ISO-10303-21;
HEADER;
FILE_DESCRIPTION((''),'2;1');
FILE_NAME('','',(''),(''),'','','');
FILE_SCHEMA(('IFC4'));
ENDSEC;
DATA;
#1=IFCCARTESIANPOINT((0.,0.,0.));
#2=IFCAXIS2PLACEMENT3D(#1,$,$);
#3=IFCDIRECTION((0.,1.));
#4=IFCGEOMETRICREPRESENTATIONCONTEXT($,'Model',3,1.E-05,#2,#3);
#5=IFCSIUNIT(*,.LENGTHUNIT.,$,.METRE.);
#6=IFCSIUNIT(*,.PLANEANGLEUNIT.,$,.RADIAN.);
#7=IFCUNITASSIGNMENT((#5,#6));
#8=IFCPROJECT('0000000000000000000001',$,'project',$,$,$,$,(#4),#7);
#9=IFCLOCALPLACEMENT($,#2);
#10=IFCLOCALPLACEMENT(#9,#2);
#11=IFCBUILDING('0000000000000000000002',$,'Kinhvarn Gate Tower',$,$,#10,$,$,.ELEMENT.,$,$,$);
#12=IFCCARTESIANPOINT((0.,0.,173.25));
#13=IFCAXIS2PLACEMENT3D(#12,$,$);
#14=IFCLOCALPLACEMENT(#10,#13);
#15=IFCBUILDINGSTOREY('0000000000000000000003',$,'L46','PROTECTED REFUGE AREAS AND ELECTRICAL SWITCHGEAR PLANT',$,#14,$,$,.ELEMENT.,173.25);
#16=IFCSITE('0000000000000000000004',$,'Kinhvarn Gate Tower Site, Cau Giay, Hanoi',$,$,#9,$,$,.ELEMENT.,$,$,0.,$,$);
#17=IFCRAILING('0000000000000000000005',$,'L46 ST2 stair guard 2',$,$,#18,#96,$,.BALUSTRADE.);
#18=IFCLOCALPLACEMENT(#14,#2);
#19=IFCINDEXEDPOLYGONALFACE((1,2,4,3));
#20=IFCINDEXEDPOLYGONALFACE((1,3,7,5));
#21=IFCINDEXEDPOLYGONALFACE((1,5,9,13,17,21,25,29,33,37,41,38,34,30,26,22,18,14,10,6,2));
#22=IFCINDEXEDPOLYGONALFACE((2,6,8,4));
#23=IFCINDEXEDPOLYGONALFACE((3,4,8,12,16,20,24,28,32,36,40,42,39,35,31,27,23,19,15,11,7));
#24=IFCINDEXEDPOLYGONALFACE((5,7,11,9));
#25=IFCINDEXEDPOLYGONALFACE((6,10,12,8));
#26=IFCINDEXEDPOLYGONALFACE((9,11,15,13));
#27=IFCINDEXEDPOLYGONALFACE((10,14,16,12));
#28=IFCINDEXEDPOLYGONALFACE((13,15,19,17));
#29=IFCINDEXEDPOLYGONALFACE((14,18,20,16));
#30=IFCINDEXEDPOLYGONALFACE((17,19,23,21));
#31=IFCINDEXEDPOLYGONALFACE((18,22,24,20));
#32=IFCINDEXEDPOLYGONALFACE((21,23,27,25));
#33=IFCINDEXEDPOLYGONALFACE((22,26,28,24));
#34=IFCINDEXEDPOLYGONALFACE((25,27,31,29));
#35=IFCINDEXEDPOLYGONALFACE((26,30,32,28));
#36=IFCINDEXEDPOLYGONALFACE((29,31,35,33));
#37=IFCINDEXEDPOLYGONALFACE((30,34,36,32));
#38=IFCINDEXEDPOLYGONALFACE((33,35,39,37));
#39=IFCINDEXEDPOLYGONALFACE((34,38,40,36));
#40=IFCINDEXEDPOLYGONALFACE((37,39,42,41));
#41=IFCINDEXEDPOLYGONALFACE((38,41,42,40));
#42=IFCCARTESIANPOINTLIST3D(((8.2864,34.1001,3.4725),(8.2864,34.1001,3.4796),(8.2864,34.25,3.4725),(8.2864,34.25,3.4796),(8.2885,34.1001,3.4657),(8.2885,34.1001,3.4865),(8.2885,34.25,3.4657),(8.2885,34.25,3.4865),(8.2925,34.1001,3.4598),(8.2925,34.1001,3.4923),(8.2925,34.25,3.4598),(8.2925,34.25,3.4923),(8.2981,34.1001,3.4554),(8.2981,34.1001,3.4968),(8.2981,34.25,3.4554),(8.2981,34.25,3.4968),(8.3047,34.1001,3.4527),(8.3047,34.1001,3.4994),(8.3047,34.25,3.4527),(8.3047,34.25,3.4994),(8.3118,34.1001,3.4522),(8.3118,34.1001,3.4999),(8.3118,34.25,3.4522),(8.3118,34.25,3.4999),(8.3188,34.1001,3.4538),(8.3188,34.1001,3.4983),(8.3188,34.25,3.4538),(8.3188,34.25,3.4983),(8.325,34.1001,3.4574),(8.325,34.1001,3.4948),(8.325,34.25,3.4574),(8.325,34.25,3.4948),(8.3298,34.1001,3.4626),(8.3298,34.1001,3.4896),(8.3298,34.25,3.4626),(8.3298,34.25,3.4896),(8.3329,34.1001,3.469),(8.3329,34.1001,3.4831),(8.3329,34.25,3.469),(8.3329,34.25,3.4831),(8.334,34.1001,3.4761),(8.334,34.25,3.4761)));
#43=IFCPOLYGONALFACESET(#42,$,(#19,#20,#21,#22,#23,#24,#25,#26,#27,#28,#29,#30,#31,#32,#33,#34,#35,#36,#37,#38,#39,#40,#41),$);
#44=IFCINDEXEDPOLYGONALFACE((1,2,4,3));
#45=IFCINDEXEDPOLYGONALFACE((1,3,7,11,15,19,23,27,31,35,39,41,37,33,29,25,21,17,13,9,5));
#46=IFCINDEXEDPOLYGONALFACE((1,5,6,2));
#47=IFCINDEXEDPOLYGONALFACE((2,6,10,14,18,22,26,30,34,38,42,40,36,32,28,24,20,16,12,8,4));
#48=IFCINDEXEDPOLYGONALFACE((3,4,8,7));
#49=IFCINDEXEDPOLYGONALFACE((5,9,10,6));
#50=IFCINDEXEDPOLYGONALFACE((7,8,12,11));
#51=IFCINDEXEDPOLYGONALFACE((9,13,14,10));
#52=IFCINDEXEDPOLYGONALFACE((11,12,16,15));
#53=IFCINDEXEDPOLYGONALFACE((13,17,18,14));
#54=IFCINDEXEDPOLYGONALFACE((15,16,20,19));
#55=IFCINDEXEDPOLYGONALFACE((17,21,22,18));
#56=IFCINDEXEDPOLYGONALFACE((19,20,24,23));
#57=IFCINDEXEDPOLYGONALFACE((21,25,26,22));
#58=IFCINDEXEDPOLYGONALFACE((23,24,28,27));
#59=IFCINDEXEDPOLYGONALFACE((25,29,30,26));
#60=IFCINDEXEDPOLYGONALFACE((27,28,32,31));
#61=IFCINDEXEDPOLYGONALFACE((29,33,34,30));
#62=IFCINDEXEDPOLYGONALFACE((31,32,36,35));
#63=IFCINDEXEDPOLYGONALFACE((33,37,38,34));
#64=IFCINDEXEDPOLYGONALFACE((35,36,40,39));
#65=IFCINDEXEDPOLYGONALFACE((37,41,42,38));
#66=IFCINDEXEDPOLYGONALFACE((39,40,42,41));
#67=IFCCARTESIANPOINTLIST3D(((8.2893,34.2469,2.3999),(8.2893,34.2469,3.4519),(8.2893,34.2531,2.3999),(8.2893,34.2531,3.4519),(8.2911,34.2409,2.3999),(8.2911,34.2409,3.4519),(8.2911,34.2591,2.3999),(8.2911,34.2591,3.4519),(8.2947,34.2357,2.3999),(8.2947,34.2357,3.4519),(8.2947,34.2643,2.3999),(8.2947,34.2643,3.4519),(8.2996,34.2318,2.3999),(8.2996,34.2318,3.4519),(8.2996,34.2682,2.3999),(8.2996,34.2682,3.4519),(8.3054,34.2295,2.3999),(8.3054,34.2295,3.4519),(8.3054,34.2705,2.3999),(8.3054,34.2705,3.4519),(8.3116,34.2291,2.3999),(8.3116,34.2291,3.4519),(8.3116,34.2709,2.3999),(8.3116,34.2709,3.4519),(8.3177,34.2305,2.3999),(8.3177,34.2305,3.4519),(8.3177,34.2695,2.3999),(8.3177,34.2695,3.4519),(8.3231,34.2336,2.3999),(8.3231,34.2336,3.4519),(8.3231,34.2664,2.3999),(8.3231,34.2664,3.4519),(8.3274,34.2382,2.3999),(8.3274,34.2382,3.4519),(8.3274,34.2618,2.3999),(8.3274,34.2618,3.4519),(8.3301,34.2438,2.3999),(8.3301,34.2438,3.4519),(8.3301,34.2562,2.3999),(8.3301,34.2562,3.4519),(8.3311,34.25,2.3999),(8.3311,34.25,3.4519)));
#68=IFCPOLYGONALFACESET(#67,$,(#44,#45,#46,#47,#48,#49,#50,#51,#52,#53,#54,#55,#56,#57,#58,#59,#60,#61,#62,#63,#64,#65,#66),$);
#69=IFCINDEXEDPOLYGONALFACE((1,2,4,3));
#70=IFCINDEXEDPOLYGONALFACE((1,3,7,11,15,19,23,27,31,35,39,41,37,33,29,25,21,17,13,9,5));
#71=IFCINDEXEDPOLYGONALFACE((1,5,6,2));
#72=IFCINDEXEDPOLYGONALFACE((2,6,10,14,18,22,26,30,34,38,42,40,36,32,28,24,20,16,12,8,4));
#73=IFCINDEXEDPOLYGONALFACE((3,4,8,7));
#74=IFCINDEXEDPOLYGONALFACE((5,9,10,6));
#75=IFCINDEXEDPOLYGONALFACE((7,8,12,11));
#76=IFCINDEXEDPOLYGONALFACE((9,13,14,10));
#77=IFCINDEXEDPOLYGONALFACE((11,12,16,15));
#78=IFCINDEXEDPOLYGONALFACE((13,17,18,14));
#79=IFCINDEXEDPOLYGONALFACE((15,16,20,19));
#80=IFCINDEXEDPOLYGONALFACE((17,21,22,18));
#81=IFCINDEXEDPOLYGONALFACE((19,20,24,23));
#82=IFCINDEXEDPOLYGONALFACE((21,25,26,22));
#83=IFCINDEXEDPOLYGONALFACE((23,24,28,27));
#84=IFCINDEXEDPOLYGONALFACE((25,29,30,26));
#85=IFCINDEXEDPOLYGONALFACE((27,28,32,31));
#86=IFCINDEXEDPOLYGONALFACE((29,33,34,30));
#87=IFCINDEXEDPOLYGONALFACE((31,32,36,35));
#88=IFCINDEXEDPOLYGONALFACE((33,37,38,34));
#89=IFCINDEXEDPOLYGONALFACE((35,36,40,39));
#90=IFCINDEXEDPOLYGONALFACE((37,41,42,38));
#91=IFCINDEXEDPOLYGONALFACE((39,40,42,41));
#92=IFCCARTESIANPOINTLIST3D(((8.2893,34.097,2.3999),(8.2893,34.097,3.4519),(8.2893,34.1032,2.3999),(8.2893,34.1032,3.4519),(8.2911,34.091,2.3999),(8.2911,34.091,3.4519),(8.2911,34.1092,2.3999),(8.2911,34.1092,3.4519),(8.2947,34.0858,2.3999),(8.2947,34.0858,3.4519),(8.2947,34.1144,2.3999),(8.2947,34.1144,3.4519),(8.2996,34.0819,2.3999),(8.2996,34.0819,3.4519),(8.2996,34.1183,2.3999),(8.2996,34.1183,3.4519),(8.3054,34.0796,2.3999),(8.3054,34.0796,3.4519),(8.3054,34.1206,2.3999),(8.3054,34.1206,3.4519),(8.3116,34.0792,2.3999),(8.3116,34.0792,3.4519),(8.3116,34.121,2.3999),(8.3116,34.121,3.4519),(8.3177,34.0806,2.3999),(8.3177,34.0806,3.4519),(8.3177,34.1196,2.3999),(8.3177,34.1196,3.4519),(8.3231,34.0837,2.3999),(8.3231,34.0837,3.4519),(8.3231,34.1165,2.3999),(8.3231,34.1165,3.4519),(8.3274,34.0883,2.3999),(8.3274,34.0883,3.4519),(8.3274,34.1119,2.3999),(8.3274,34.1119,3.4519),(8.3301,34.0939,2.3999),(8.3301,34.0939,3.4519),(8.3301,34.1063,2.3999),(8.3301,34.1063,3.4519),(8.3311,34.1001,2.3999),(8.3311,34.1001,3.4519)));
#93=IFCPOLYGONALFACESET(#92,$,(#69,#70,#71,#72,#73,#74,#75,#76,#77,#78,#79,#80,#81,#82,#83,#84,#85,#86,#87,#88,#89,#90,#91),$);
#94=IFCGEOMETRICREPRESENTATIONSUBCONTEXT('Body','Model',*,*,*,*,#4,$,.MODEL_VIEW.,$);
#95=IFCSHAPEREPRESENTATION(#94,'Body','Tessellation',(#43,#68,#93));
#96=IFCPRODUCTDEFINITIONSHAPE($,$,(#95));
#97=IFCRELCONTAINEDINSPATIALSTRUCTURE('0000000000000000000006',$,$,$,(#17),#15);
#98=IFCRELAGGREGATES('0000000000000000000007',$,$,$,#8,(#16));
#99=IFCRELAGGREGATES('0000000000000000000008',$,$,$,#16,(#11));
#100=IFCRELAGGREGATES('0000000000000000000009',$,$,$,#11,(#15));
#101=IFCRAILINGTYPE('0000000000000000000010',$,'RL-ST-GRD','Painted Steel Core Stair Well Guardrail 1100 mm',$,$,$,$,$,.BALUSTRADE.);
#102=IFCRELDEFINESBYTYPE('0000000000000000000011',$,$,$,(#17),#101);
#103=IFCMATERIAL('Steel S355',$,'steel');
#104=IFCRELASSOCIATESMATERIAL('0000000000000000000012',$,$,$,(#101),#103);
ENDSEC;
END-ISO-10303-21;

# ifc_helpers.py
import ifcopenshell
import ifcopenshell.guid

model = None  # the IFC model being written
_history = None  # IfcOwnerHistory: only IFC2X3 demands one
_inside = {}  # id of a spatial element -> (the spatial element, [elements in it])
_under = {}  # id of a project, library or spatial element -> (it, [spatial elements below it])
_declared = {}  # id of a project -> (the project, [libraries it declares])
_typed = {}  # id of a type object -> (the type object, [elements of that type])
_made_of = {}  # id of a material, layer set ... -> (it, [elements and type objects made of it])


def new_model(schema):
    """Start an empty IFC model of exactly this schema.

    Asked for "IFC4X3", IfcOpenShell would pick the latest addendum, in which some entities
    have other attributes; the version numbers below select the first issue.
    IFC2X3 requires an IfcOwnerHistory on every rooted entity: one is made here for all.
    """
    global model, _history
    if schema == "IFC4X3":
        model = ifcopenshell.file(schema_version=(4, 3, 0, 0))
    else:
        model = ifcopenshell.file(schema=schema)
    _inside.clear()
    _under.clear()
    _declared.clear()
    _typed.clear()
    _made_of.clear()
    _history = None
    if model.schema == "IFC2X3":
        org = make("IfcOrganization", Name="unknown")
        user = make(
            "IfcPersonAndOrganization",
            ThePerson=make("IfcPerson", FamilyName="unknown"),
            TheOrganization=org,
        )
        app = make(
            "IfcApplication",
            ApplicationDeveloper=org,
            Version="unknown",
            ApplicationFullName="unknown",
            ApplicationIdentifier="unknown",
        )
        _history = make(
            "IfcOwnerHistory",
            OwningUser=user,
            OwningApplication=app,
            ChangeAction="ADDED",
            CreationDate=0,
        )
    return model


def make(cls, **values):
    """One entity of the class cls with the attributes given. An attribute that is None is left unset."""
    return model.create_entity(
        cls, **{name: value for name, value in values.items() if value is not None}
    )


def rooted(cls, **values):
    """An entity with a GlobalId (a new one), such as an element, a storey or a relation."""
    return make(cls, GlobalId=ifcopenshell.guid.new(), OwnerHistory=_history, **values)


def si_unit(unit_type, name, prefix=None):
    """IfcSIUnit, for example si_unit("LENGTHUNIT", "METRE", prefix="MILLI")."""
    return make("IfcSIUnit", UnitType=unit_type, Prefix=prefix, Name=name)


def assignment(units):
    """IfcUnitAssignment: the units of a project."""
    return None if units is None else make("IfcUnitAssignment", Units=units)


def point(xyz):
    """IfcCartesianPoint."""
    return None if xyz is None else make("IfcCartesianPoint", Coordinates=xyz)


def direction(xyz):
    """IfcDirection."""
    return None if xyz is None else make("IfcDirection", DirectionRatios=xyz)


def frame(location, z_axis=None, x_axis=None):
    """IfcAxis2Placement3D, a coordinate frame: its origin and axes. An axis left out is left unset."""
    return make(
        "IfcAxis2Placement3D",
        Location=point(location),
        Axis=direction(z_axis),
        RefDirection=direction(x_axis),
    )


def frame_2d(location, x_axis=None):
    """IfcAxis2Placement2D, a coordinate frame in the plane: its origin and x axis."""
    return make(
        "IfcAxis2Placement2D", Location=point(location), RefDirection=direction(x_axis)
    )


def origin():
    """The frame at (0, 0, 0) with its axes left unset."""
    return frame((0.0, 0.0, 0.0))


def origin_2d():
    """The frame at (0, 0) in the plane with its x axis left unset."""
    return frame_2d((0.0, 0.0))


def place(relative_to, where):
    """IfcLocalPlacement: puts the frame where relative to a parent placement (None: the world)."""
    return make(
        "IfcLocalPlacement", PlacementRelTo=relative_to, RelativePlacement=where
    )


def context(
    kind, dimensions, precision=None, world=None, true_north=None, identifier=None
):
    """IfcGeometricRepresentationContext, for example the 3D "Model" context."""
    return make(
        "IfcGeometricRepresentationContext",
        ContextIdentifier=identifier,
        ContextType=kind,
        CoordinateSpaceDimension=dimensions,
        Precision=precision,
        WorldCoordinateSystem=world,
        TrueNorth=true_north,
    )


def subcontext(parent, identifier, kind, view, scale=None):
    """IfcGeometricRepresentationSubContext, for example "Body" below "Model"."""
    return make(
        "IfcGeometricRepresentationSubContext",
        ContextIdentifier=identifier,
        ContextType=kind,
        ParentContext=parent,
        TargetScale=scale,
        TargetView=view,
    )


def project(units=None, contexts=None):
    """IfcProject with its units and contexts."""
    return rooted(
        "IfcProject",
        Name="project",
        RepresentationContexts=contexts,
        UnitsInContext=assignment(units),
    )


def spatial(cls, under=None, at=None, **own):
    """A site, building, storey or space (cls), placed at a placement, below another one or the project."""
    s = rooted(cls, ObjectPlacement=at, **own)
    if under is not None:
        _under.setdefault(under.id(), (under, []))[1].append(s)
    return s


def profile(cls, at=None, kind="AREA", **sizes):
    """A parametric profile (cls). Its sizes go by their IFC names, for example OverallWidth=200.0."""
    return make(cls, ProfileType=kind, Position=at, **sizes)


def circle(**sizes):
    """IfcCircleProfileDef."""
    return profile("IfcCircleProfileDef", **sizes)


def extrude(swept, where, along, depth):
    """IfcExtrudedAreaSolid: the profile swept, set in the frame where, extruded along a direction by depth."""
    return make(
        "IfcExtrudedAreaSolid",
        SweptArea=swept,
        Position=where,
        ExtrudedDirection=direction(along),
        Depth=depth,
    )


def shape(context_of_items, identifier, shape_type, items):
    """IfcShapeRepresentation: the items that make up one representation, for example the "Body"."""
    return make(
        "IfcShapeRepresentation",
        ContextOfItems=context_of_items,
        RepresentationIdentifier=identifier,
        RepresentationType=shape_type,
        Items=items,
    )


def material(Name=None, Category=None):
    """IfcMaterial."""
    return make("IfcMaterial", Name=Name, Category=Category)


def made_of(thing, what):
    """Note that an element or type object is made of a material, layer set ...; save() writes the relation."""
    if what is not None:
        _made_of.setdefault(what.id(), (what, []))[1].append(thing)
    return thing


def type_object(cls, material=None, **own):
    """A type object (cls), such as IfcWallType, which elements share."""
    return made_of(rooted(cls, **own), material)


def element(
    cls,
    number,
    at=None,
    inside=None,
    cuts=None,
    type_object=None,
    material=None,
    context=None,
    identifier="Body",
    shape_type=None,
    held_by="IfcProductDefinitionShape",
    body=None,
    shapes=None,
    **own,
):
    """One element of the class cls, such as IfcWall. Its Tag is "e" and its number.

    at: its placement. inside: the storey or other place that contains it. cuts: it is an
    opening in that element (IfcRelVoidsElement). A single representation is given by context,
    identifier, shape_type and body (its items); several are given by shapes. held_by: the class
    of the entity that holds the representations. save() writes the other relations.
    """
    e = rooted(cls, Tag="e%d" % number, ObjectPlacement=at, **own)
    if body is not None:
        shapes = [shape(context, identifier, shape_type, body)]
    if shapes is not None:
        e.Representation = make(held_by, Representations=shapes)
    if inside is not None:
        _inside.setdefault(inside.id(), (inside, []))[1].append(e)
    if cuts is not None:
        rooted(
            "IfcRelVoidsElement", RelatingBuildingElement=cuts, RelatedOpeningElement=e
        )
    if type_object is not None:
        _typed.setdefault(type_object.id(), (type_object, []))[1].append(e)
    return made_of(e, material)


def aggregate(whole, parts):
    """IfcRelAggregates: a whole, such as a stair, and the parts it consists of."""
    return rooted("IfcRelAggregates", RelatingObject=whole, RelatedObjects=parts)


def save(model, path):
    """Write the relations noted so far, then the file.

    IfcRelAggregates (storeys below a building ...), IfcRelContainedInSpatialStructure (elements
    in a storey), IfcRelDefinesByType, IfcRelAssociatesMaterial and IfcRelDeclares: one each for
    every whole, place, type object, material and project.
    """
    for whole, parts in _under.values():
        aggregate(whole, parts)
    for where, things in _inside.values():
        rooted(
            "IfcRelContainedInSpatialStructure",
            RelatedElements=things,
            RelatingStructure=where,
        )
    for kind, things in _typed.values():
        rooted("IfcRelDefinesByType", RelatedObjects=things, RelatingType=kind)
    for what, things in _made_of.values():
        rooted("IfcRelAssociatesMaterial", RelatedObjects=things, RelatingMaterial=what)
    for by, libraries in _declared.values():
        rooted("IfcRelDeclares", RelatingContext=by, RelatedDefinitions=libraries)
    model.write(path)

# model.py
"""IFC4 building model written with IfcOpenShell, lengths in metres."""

from ifc_helpers import new_model, si_unit, direction, frame, origin, origin_2d, place, context, subcontext, project, spatial, circle, extrude, material, type_object, element, save


model = new_model("IFC4")

# Units and contexts
model_context = context("Model", 3, precision=1e-05, world=origin(), true_north=direction((0.0, 1.0)))
body_context = subcontext(model_context, "Body", "Model", "MODEL_VIEW")
ifc_project = project(units=[si_unit("LENGTHUNIT", "METRE"), si_unit("PLANEANGLEUNIT", "RADIAN")], contexts=[model_context])

# Site, building, storey
site_placement = place(None, origin())
site = spatial("IfcSite", under=ifc_project, at=site_placement, Name="Kinhvarn Gate Tower Site, Cau Giay, Hanoi", CompositionType="ELEMENT", RefElevation=0.0)
building_placement = place(site_placement, origin())
building = spatial("IfcBuilding", under=site, at=building_placement, Name="Kinhvarn Gate Tower", CompositionType="ELEMENT")
storey_placement = place(building_placement, frame((0.0, 0.0, 173.25)))
storey = spatial("IfcBuildingStorey", under=building, at=storey_placement, Name="L46", Description="PROTECTED REFUGE AREAS AND ELECTRICAL SWITCHGEAR PLANT", CompositionType="ELEMENT", Elevation=173.25)

# Shared definitions
ifc_material_1 = material(Name="Steel S355", Category="steel")

# Railing
railing_type_1 = type_object("IfcRailingType", Name="RL-ST-GRD", Description="Painted Steel Core Stair Well Guardrail 1100 mm", PredefinedType="BALUSTRADE", material=ifc_material_1)
railing_1_placement = place(storey_placement, frame((8.3101, 34.25, 2.3999)))
element("IfcRailing", 1, at=railing_1_placement, inside=storey, type_object=railing_type_1, Name="L46 ST2 stair guard 2", PredefinedType="BALUSTRADE", context=body_context, shape_type="SweptSolid", body=[
    extrude(circle(Radius=0.0239, at=origin_2d()), frame((0.0, 0.0, 1.0762), z_axis=(0.0, -1.0, 0.0), x_axis=(1.0, 0.0, 0.0)), (0.0, 0.0, 1.0), 0.1499),
    extrude(circle(Radius=0.021, at=origin_2d()), origin(), (0.0, 0.0, 1.0), 1.052),
    extrude(circle(Radius=0.021, at=origin_2d()), frame((0.0, -0.1499, 0.0)), (0.0, 0.0, 1.0), 1.052),
])

save(model, "model.ifc")
